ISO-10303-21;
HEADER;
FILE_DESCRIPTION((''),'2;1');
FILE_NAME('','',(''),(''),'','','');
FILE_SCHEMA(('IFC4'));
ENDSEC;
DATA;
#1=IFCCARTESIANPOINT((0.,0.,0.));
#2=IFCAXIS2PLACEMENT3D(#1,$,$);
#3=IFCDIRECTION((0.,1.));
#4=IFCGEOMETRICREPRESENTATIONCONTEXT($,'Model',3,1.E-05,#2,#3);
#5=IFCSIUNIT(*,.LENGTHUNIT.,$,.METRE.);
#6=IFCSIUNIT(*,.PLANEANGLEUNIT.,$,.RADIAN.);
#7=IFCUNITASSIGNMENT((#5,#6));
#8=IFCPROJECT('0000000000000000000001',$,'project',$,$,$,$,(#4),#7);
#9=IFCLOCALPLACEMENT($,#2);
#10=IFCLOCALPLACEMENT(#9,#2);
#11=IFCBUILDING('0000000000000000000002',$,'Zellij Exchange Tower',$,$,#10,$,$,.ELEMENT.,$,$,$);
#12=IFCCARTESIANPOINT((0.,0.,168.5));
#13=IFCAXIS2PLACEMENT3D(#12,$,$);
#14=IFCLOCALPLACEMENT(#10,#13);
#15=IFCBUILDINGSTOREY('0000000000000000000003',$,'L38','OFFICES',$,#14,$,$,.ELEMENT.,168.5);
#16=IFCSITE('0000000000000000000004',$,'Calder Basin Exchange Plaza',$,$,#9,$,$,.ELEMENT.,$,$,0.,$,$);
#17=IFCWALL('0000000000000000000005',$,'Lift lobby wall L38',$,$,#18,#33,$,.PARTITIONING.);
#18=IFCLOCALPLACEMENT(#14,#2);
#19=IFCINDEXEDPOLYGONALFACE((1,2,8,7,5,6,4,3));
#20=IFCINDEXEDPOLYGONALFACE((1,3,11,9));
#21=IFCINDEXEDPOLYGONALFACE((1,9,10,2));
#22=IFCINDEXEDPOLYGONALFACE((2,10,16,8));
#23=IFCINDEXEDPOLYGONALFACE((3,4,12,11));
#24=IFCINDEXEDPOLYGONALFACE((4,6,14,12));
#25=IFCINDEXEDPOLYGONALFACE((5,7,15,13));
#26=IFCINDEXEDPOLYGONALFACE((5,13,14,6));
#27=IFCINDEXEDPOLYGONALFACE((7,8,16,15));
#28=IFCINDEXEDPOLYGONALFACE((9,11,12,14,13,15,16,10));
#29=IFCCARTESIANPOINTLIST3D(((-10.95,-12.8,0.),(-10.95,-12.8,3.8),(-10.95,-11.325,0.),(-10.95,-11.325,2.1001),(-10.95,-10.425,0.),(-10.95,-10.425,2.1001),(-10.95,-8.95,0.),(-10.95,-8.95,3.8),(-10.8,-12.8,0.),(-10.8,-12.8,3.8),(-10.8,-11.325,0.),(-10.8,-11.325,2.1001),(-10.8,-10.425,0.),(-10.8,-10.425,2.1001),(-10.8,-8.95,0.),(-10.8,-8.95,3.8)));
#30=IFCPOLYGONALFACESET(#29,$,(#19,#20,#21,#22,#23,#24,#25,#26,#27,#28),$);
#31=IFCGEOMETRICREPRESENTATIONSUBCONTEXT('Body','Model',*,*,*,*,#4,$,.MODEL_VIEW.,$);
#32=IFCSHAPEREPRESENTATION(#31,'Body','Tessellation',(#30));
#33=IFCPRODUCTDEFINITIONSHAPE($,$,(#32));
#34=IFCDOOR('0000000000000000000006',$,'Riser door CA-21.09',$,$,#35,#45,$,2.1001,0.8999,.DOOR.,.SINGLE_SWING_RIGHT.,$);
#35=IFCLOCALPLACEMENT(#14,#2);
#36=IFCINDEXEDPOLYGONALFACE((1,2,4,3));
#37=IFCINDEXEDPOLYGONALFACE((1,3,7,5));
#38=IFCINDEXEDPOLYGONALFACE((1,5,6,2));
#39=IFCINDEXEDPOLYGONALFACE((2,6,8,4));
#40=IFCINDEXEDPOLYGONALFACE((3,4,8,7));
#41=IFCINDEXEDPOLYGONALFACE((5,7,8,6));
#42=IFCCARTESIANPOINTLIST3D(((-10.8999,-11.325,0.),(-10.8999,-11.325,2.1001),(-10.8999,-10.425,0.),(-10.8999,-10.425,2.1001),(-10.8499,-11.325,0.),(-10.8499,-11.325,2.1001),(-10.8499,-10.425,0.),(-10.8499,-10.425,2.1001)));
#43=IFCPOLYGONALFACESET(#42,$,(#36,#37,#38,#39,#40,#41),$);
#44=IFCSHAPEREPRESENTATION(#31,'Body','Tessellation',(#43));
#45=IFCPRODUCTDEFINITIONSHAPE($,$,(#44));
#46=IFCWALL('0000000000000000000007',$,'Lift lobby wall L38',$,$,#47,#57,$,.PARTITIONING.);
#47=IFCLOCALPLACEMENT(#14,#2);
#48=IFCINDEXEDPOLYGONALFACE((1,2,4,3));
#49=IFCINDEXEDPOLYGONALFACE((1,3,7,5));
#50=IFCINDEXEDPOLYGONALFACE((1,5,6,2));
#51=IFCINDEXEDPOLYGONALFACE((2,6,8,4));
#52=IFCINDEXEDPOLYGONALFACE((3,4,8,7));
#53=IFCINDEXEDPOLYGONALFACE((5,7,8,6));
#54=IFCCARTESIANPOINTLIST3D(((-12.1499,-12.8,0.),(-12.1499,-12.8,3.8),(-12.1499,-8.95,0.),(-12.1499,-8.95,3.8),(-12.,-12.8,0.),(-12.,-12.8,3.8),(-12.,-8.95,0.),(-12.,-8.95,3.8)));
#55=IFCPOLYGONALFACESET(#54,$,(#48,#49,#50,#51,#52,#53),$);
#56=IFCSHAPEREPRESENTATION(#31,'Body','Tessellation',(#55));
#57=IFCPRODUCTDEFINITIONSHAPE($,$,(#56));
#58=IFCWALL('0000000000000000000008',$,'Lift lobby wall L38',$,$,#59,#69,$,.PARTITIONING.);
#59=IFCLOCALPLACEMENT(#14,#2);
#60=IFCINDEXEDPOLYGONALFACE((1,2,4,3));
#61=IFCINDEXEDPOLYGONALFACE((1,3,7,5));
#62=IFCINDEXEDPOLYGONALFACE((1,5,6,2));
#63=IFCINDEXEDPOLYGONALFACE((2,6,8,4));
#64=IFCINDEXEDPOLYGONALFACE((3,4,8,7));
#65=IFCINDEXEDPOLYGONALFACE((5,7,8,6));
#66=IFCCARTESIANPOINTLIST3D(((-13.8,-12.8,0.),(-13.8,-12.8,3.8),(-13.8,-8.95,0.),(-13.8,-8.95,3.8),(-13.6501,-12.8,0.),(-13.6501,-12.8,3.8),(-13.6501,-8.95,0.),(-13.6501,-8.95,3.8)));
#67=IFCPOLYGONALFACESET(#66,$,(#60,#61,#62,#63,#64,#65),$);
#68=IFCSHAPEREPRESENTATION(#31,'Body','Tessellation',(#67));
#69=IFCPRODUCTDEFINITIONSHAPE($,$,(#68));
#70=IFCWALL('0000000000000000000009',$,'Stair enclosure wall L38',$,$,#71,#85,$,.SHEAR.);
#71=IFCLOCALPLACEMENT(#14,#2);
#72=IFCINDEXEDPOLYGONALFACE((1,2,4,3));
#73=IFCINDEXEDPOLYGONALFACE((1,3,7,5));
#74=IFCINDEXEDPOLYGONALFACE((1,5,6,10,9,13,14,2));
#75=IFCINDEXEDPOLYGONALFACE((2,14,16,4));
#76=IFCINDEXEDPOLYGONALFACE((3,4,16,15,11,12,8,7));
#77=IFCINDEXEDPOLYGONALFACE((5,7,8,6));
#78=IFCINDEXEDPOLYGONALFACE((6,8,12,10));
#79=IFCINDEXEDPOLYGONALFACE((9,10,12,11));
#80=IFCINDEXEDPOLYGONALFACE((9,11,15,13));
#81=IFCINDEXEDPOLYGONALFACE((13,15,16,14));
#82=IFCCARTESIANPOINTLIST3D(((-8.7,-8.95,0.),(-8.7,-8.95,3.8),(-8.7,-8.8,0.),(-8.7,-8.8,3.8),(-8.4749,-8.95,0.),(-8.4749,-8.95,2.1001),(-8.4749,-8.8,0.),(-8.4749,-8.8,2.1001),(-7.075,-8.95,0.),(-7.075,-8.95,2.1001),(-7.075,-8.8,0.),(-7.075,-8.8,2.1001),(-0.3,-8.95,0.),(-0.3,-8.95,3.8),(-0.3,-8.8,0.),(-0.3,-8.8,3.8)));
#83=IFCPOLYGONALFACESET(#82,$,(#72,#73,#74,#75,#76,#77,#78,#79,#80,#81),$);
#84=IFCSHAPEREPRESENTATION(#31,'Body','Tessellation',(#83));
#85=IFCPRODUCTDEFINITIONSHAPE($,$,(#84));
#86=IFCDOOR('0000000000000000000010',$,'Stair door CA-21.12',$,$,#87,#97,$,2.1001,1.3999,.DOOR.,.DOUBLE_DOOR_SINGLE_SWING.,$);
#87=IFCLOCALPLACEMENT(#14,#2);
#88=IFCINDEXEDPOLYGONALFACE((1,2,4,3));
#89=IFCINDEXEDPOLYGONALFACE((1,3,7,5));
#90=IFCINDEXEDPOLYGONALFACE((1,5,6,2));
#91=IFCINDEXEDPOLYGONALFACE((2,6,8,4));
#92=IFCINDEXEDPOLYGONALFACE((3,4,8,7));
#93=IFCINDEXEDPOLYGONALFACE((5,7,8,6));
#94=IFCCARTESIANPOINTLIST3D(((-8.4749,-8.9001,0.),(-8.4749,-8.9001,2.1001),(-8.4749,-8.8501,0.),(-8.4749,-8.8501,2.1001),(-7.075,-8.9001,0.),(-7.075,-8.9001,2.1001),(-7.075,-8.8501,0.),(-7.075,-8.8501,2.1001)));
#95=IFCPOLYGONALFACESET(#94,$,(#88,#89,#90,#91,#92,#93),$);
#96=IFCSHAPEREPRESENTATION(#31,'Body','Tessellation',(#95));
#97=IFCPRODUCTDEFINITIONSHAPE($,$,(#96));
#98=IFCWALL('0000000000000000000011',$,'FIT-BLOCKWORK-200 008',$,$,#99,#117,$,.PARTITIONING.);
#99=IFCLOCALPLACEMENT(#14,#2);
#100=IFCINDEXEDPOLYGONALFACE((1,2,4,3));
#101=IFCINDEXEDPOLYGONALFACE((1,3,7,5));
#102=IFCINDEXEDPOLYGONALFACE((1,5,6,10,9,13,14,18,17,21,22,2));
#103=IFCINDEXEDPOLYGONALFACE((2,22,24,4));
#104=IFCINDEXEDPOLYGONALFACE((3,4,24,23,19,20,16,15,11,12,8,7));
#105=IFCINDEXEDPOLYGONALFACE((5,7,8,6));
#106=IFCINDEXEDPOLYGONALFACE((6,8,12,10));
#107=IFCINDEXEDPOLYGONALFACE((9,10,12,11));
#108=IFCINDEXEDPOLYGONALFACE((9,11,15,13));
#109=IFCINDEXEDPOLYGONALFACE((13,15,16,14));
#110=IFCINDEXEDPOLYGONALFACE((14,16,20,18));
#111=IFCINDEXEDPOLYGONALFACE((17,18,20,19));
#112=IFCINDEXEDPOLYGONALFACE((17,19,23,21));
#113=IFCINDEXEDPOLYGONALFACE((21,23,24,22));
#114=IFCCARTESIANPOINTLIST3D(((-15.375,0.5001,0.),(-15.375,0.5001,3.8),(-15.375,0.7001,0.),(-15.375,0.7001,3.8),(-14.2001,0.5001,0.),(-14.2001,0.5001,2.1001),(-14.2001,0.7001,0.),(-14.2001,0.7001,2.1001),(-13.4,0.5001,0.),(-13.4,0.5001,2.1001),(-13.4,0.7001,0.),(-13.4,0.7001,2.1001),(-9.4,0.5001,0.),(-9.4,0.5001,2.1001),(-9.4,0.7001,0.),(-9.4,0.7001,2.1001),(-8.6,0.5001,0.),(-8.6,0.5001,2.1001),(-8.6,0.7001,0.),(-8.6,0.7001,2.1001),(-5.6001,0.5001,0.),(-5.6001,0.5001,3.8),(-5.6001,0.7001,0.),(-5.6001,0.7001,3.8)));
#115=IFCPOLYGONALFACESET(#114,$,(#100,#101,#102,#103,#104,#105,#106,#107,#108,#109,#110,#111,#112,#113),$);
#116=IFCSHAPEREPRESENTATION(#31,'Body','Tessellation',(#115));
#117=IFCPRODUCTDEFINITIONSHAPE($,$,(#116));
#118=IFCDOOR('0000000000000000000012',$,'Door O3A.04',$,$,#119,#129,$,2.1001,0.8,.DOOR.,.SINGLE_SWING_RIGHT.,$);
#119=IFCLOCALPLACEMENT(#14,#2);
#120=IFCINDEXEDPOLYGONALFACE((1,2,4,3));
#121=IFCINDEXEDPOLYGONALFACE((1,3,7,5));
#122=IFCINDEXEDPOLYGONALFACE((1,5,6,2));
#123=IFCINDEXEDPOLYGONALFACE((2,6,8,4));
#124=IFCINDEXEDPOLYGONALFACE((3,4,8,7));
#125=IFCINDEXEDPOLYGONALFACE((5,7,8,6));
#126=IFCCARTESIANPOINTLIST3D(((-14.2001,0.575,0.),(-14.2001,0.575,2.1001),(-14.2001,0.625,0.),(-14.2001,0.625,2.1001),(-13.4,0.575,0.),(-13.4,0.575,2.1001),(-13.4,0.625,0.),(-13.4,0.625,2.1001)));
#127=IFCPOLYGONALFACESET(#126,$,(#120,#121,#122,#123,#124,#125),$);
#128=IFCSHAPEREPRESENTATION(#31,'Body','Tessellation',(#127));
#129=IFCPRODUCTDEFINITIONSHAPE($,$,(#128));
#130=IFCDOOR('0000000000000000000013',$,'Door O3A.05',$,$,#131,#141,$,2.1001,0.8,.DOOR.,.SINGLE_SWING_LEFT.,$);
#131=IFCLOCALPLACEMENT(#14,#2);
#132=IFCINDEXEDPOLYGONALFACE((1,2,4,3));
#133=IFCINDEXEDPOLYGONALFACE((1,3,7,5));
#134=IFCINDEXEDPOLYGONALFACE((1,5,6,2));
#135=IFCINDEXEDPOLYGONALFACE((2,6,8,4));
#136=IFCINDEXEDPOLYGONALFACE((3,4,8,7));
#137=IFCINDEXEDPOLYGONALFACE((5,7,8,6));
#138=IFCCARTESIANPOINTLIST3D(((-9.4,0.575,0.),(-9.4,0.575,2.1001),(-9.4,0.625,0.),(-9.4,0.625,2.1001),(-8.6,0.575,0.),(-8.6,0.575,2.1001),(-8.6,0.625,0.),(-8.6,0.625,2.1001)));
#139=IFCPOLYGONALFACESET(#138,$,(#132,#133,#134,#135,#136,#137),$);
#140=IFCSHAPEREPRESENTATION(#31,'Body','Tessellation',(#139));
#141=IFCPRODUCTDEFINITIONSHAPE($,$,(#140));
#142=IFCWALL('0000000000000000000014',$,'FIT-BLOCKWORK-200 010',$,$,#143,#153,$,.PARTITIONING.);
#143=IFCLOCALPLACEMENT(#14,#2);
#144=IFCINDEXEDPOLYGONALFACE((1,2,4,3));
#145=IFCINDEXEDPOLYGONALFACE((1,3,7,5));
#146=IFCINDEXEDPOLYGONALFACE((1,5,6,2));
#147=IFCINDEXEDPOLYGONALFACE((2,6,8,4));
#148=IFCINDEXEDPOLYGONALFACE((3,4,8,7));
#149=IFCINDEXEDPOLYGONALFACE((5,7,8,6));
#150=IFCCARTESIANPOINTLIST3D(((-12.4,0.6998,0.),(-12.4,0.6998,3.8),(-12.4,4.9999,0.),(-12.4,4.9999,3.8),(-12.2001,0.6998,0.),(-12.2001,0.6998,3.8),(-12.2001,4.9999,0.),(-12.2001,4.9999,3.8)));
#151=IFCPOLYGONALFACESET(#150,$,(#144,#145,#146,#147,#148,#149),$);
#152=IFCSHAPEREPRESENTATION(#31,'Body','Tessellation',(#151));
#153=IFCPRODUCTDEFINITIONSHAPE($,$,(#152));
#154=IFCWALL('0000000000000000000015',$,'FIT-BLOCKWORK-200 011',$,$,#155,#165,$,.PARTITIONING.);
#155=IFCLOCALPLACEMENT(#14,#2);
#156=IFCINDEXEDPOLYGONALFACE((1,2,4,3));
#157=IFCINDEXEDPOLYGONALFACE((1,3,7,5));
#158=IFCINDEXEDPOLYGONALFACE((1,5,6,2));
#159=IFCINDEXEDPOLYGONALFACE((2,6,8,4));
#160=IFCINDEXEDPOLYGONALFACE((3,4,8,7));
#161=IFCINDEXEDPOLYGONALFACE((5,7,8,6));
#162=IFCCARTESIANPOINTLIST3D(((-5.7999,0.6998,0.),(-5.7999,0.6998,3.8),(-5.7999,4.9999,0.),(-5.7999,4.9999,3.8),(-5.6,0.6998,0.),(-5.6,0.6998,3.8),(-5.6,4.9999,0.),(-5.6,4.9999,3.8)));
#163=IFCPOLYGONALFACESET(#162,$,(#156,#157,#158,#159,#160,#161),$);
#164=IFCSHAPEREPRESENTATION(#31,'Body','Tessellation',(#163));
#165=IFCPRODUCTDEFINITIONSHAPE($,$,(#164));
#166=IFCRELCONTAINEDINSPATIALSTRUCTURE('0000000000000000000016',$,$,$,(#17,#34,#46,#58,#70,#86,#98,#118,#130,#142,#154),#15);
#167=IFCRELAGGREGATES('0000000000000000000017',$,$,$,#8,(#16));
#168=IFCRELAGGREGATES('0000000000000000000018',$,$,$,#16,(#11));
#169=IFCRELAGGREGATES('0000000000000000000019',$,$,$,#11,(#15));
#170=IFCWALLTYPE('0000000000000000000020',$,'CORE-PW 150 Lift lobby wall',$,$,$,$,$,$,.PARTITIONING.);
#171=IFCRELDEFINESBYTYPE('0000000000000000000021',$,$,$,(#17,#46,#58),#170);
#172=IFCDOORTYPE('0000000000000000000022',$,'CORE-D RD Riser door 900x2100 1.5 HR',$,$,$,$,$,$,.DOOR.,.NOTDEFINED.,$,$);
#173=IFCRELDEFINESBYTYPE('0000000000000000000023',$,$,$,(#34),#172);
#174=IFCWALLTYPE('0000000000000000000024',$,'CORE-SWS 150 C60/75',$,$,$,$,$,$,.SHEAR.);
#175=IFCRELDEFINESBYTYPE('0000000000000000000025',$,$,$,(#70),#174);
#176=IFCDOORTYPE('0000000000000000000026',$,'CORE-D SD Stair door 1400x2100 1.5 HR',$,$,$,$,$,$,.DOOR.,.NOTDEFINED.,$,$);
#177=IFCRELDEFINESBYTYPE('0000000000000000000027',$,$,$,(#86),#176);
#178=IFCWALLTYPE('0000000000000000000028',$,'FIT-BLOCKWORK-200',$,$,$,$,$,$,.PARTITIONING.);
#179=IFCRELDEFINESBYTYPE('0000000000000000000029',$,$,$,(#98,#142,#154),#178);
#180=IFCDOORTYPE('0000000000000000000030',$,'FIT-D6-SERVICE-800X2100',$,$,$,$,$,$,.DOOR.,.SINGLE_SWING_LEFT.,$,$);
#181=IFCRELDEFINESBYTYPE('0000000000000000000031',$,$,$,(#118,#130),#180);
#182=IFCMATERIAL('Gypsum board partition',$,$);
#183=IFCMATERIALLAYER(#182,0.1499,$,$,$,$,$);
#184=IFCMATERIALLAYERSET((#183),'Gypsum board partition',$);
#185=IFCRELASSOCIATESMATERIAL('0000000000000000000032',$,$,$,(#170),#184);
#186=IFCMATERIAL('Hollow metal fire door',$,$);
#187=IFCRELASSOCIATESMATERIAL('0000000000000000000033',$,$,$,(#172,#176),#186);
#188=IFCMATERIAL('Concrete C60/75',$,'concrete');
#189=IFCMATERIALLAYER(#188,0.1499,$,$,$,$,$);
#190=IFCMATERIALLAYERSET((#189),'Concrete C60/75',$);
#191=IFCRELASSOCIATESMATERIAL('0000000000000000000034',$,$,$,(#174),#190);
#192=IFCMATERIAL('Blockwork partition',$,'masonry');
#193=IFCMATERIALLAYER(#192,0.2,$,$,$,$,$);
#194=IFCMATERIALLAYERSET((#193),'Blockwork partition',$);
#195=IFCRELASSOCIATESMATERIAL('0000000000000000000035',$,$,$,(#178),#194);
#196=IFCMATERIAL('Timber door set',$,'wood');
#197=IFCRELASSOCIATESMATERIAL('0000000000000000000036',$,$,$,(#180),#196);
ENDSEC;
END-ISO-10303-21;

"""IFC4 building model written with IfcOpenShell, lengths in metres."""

from ifc_helpers import new_model, si_unit, direction, frame, frame_2d, origin, place, context, subcontext, project, spatial, rectangle, extrude, material, layer, layer_set, type_object, element, fill, save


model = new_model("IFC4")

# Units and contexts
model_context = context("Model", 3, precision=1e-05, world=origin(), true_north=direction((0.0, 1.0)))
body_context = subcontext(model_context, "Body", "Model", "MODEL_VIEW")
ifc_project = project(units=[si_unit("LENGTHUNIT", "METRE"), si_unit("PLANEANGLEUNIT", "RADIAN")], contexts=[model_context])

# Site, building, storey
site_placement = place(None, origin())
site = spatial("IfcSite", under=ifc_project, at=site_placement, Name="Calder Basin Exchange Plaza", CompositionType="ELEMENT", RefElevation=0.0)
building_placement = place(site_placement, origin())
building = spatial("IfcBuilding", under=site, at=building_placement, Name="Zellij Exchange Tower", CompositionType="ELEMENT")
storey_placement = place(building_placement, frame((0.0, 0.0, 168.5)))
storey = spatial("IfcBuildingStorey", under=building, at=storey_placement, Name="L38", Description="OFFICES", CompositionType="ELEMENT", Elevation=168.5)

# Shared definitions
ifc_material_1 = material(Name="Concrete C60/75", Category="concrete")

# Shared definitions
ifc_material_2 = material(Name="Hollow metal fire door")

# Shared definitions
ifc_material_3 = material(Name="Gypsum board partition")
ifc_layer_1 = layer(ifc_material_3, 0.1499)
ifc_layer_set_1 = layer_set([ifc_layer_1], Name="Gypsum board partition")
wall_type_1 = type_object("IfcWallType", Name="CORE-PW 150 Lift lobby wall", PredefinedType="PARTITIONING", material=ifc_layer_set_1)

# Wall, opening, door
wall_1_placement = place(storey_placement, frame((-10.875, -12.8, 0.0), z_axis=(0.0, 0.0, 1.0), x_axis=(0.0, 1.0, 0.0)))
wall_1 = element("IfcWall", 1, at=wall_1_placement, inside=storey, type_object=wall_type_1, Name="Lift lobby wall L38", PredefinedType="PARTITIONING", context=body_context, shape_type="SweptSolid", body=[
    extrude(rectangle(XDim=3.8501, YDim=0.1499, at=frame_2d((1.925, 0.0))), origin(), (0.0, 0.0, 1.0), 3.8),
])
opening_1_placement = place(wall_1_placement, frame((1.4751, 0.0, 0.0)))
opening_1 = element("IfcOpeningElement", 2, at=opening_1_placement, cuts=wall_1, PredefinedType="OPENING", context=body_context, shape_type="SweptSolid", body=[
    extrude(rectangle(XDim=0.8999, YDim=2.1001, at=frame_2d((0.45, 1.05))), frame((0.0, 0.0869, 0.0), z_axis=(0.0, -1.0, 0.0), x_axis=(1.0, 0.0, 0.0)), (0.0, 0.0, 1.0), 0.1738),
])
door_type_1 = type_object("IfcDoorType", Name="CORE-D RD Riser door 900x2100 1.5 HR", OperationType="NOTDEFINED", PredefinedType="DOOR", material=ifc_material_2)
door_1_placement = place(opening_1_placement, origin())
door_1 = element("IfcDoor", 3, at=door_1_placement, inside=storey, type_object=door_type_1, Name="Riser door CA-21.09", OperationType="SINGLE_SWING_RIGHT", OverallHeight=2.1001, OverallWidth=0.8999, PredefinedType="DOOR", context=body_context, shape_type="SweptSolid", body=[
    extrude(rectangle(XDim=0.8999, YDim=2.1001, at=frame_2d((0.45, 1.05))), frame((0.0, 0.0249, 0.0), z_axis=(0.0, -1.0, 0.0), x_axis=(1.0, 0.0, 0.0)), (0.0, 0.0, 1.0), 0.05),
])
fill(opening_1, door_1)

# Walls
for number, where, z_axis, x_axis, name in (
    (4, (-12.075, -12.8, 0.0), (0.0, 0.0, 1.0), (0.0, 1.0, 0.0), "Lift lobby wall L38"),
    (5, (-13.7251, -12.8, 0.0), (0.0, 0.0, 1.0), (0.0, 1.0, 0.0), "Lift lobby wall L38"),
):
    element("IfcWall", number, at=place(storey_placement, frame(where, z_axis=z_axis, x_axis=x_axis)), inside=storey, type_object=wall_type_1, Name=name, PredefinedType="PARTITIONING", context=body_context, shape_type="SweptSolid", body=[
        extrude(rectangle(XDim=3.8501, YDim=0.1499, at=frame_2d((1.925, 0.0))), origin(), (0.0, 0.0, 1.0), 3.8),
    ])

# Wall, opening, door
ifc_layer_2 = layer(ifc_material_1, 0.1499)
ifc_layer_set_2 = layer_set([ifc_layer_2], Name="Concrete C60/75")
wall_type_2 = type_object("IfcWallType", Name="CORE-SWS 150 C60/75", PredefinedType="SHEAR", material=ifc_layer_set_2)
wall_2_placement = place(storey_placement, frame((-8.7, -8.875, 0.0), z_axis=(0.0, 0.0, 1.0), x_axis=(1.0, 0.0, 0.0)))
wall_2 = element("IfcWall", 6, at=wall_2_placement, inside=storey, type_object=wall_type_2, Name="Stair enclosure wall L38", PredefinedType="SHEAR", context=body_context, shape_type="SweptSolid", body=[
    extrude(rectangle(XDim=8.3999, YDim=0.1499, at=frame_2d((4.2, 0.0))), origin(), (0.0, 0.0, 1.0), 3.8),
])
opening_2_placement = place(wall_2_placement, frame((0.2251, 0.0, 0.0)))
opening_2 = element("IfcOpeningElement", 7, at=opening_2_placement, cuts=wall_2, PredefinedType="OPENING", context=body_context, shape_type="SweptSolid", body=[
    extrude(rectangle(XDim=1.3999, YDim=2.1001, at=frame_2d((0.7, 1.05))), frame((0.0, 0.0869, 0.0), z_axis=(0.0, -1.0, 0.0), x_axis=(1.0, 0.0, 0.0)), (0.0, 0.0, 1.0), 0.1738),
])
door_type_2 = type_object("IfcDoorType", Name="CORE-D SD Stair door 1400x2100 1.5 HR", OperationType="NOTDEFINED", PredefinedType="DOOR", material=ifc_material_2)
door_2_placement = place(opening_2_placement, origin())
door_2 = element("IfcDoor", 8, at=door_2_placement, inside=storey, type_object=door_type_2, Name="Stair door CA-21.12", OperationType="DOUBLE_DOOR_SINGLE_SWING", OverallHeight=2.1001, OverallWidth=1.3999, PredefinedType="DOOR", context=body_context, shape_type="SweptSolid", body=[
    extrude(rectangle(XDim=1.3999, YDim=2.1001, at=frame_2d((0.7, 1.05))), frame((0.0, 0.0249, 0.0), z_axis=(0.0, -1.0, 0.0), x_axis=(1.0, 0.0, 0.0)), (0.0, 0.0, 1.0), 0.05),
])
fill(opening_2, door_2)

# Wall, openings, doors
ifc_material_4 = material(Name="Blockwork partition", Category="masonry")
ifc_layer_3 = layer(ifc_material_4, 0.2)
ifc_layer_set_3 = layer_set([ifc_layer_3], Name="Blockwork partition")
wall_type_3 = type_object("IfcWallType", Name="FIT-BLOCKWORK-200", PredefinedType="PARTITIONING", material=ifc_layer_set_3)
wall_3_placement = place(storey_placement, frame((-15.375, 0.6001, 0.0), z_axis=(0.0, 0.0, 1.0), x_axis=(1.0, 0.0, 0.0)))
wall_3 = element("IfcWall", 9, at=wall_3_placement, inside=storey, type_object=wall_type_3, Name="FIT-BLOCKWORK-200 008", PredefinedType="PARTITIONING", context=body_context, shape_type="SweptSolid", body=[
    extrude(rectangle(XDim=9.7749, YDim=0.2, at=frame_2d((4.8875, 0.0))), origin(), (0.0, 0.0, 1.0), 3.8),
])
opening_3_placement = place(wall_3_placement, frame((1.175, 0.0, 0.0)))
opening_3 = element("IfcOpeningElement", 10, at=opening_3_placement, cuts=wall_3, PredefinedType="OPENING", context=body_context, shape_type="SweptSolid", body=[
    extrude(rectangle(XDim=0.8, YDim=2.1001, at=frame_2d((0.3999, 1.05))), frame((0.0, 0.1118, 0.0), z_axis=(0.0, -1.0, 0.0), x_axis=(1.0, 0.0, 0.0)), (0.0, 0.0, 1.0), 0.2239),
])
opening_4_placement = place(wall_3_placement, frame((5.9751, 0.0, 0.0)))
opening_4 = element("IfcOpeningElement", 11, at=opening_4_placement, cuts=wall_3, PredefinedType="OPENING", context=body_context, shape_type="SweptSolid", body=[
    extrude(rectangle(XDim=0.8, YDim=2.1001, at=frame_2d((0.3999, 1.05))), frame((0.0, 0.1118, 0.0), z_axis=(0.0, -1.0, 0.0), x_axis=(1.0, 0.0, 0.0)), (0.0, 0.0, 1.0), 0.2239),
])
ifc_material_5 = material(Name="Timber door set", Category="wood")
door_type_3 = type_object("IfcDoorType", Name="FIT-D6-SERVICE-800X2100", OperationType="SINGLE_SWING_LEFT", PredefinedType="DOOR", material=ifc_material_5)
door_3_placement = place(opening_3_placement, origin())
door_3 = element("IfcDoor", 12, at=door_3_placement, inside=storey, type_object=door_type_3, Name="Door O3A.04", OperationType="SINGLE_SWING_RIGHT", OverallHeight=2.1001, OverallWidth=0.8, PredefinedType="DOOR", context=body_context, shape_type="SweptSolid", body=[
    extrude(rectangle(XDim=0.8, YDim=2.1001, at=frame_2d((0.3999, 1.05))), frame((0.0, 0.0249, 0.0), z_axis=(0.0, -1.0, 0.0), x_axis=(1.0, 0.0, 0.0)), (0.0, 0.0, 1.0), 0.05),
])
fill(opening_3, door_3)
door_4_placement = place(opening_4_placement, origin())
door_4 = element("IfcDoor", 13, at=door_4_placement, inside=storey, type_object=door_type_3, Name="Door O3A.05", OperationType="SINGLE_SWING_LEFT", OverallHeight=2.1001, OverallWidth=0.8, PredefinedType="DOOR", context=body_context, shape_type="SweptSolid", body=[
    extrude(rectangle(XDim=0.8, YDim=2.1001, at=frame_2d((0.3999, 1.05))), frame((0.0, 0.0249, 0.0), z_axis=(0.0, -1.0, 0.0), x_axis=(1.0, 0.0, 0.0)), (0.0, 0.0, 1.0), 0.05),
])
fill(opening_4, door_4)

# Walls
for number, where, z_axis, x_axis, name in (
    (14, (-12.3, 0.7, 0.0), (0.0, 0.0, 1.0), (0.0, 1.0, 0.0), "FIT-BLOCKWORK-200 010"),
    (15, (-5.7, 0.7, 0.0), (0.0, 0.0, 1.0), (0.0, 1.0, 0.0), "FIT-BLOCKWORK-200 011"),
):
    element("IfcWall", number, at=place(storey_placement, frame(where, z_axis=z_axis, x_axis=x_axis)), inside=storey, type_object=wall_type_3, Name=name, PredefinedType="PARTITIONING", context=body_context, shape_type="SweptSolid", body=[
        extrude(rectangle(XDim=4.3, YDim=0.2, at=frame_2d((2.1499, 0.0))), origin(), (0.0, 0.0, 1.0), 3.8),
    ])

save(model, "model.ifc")
